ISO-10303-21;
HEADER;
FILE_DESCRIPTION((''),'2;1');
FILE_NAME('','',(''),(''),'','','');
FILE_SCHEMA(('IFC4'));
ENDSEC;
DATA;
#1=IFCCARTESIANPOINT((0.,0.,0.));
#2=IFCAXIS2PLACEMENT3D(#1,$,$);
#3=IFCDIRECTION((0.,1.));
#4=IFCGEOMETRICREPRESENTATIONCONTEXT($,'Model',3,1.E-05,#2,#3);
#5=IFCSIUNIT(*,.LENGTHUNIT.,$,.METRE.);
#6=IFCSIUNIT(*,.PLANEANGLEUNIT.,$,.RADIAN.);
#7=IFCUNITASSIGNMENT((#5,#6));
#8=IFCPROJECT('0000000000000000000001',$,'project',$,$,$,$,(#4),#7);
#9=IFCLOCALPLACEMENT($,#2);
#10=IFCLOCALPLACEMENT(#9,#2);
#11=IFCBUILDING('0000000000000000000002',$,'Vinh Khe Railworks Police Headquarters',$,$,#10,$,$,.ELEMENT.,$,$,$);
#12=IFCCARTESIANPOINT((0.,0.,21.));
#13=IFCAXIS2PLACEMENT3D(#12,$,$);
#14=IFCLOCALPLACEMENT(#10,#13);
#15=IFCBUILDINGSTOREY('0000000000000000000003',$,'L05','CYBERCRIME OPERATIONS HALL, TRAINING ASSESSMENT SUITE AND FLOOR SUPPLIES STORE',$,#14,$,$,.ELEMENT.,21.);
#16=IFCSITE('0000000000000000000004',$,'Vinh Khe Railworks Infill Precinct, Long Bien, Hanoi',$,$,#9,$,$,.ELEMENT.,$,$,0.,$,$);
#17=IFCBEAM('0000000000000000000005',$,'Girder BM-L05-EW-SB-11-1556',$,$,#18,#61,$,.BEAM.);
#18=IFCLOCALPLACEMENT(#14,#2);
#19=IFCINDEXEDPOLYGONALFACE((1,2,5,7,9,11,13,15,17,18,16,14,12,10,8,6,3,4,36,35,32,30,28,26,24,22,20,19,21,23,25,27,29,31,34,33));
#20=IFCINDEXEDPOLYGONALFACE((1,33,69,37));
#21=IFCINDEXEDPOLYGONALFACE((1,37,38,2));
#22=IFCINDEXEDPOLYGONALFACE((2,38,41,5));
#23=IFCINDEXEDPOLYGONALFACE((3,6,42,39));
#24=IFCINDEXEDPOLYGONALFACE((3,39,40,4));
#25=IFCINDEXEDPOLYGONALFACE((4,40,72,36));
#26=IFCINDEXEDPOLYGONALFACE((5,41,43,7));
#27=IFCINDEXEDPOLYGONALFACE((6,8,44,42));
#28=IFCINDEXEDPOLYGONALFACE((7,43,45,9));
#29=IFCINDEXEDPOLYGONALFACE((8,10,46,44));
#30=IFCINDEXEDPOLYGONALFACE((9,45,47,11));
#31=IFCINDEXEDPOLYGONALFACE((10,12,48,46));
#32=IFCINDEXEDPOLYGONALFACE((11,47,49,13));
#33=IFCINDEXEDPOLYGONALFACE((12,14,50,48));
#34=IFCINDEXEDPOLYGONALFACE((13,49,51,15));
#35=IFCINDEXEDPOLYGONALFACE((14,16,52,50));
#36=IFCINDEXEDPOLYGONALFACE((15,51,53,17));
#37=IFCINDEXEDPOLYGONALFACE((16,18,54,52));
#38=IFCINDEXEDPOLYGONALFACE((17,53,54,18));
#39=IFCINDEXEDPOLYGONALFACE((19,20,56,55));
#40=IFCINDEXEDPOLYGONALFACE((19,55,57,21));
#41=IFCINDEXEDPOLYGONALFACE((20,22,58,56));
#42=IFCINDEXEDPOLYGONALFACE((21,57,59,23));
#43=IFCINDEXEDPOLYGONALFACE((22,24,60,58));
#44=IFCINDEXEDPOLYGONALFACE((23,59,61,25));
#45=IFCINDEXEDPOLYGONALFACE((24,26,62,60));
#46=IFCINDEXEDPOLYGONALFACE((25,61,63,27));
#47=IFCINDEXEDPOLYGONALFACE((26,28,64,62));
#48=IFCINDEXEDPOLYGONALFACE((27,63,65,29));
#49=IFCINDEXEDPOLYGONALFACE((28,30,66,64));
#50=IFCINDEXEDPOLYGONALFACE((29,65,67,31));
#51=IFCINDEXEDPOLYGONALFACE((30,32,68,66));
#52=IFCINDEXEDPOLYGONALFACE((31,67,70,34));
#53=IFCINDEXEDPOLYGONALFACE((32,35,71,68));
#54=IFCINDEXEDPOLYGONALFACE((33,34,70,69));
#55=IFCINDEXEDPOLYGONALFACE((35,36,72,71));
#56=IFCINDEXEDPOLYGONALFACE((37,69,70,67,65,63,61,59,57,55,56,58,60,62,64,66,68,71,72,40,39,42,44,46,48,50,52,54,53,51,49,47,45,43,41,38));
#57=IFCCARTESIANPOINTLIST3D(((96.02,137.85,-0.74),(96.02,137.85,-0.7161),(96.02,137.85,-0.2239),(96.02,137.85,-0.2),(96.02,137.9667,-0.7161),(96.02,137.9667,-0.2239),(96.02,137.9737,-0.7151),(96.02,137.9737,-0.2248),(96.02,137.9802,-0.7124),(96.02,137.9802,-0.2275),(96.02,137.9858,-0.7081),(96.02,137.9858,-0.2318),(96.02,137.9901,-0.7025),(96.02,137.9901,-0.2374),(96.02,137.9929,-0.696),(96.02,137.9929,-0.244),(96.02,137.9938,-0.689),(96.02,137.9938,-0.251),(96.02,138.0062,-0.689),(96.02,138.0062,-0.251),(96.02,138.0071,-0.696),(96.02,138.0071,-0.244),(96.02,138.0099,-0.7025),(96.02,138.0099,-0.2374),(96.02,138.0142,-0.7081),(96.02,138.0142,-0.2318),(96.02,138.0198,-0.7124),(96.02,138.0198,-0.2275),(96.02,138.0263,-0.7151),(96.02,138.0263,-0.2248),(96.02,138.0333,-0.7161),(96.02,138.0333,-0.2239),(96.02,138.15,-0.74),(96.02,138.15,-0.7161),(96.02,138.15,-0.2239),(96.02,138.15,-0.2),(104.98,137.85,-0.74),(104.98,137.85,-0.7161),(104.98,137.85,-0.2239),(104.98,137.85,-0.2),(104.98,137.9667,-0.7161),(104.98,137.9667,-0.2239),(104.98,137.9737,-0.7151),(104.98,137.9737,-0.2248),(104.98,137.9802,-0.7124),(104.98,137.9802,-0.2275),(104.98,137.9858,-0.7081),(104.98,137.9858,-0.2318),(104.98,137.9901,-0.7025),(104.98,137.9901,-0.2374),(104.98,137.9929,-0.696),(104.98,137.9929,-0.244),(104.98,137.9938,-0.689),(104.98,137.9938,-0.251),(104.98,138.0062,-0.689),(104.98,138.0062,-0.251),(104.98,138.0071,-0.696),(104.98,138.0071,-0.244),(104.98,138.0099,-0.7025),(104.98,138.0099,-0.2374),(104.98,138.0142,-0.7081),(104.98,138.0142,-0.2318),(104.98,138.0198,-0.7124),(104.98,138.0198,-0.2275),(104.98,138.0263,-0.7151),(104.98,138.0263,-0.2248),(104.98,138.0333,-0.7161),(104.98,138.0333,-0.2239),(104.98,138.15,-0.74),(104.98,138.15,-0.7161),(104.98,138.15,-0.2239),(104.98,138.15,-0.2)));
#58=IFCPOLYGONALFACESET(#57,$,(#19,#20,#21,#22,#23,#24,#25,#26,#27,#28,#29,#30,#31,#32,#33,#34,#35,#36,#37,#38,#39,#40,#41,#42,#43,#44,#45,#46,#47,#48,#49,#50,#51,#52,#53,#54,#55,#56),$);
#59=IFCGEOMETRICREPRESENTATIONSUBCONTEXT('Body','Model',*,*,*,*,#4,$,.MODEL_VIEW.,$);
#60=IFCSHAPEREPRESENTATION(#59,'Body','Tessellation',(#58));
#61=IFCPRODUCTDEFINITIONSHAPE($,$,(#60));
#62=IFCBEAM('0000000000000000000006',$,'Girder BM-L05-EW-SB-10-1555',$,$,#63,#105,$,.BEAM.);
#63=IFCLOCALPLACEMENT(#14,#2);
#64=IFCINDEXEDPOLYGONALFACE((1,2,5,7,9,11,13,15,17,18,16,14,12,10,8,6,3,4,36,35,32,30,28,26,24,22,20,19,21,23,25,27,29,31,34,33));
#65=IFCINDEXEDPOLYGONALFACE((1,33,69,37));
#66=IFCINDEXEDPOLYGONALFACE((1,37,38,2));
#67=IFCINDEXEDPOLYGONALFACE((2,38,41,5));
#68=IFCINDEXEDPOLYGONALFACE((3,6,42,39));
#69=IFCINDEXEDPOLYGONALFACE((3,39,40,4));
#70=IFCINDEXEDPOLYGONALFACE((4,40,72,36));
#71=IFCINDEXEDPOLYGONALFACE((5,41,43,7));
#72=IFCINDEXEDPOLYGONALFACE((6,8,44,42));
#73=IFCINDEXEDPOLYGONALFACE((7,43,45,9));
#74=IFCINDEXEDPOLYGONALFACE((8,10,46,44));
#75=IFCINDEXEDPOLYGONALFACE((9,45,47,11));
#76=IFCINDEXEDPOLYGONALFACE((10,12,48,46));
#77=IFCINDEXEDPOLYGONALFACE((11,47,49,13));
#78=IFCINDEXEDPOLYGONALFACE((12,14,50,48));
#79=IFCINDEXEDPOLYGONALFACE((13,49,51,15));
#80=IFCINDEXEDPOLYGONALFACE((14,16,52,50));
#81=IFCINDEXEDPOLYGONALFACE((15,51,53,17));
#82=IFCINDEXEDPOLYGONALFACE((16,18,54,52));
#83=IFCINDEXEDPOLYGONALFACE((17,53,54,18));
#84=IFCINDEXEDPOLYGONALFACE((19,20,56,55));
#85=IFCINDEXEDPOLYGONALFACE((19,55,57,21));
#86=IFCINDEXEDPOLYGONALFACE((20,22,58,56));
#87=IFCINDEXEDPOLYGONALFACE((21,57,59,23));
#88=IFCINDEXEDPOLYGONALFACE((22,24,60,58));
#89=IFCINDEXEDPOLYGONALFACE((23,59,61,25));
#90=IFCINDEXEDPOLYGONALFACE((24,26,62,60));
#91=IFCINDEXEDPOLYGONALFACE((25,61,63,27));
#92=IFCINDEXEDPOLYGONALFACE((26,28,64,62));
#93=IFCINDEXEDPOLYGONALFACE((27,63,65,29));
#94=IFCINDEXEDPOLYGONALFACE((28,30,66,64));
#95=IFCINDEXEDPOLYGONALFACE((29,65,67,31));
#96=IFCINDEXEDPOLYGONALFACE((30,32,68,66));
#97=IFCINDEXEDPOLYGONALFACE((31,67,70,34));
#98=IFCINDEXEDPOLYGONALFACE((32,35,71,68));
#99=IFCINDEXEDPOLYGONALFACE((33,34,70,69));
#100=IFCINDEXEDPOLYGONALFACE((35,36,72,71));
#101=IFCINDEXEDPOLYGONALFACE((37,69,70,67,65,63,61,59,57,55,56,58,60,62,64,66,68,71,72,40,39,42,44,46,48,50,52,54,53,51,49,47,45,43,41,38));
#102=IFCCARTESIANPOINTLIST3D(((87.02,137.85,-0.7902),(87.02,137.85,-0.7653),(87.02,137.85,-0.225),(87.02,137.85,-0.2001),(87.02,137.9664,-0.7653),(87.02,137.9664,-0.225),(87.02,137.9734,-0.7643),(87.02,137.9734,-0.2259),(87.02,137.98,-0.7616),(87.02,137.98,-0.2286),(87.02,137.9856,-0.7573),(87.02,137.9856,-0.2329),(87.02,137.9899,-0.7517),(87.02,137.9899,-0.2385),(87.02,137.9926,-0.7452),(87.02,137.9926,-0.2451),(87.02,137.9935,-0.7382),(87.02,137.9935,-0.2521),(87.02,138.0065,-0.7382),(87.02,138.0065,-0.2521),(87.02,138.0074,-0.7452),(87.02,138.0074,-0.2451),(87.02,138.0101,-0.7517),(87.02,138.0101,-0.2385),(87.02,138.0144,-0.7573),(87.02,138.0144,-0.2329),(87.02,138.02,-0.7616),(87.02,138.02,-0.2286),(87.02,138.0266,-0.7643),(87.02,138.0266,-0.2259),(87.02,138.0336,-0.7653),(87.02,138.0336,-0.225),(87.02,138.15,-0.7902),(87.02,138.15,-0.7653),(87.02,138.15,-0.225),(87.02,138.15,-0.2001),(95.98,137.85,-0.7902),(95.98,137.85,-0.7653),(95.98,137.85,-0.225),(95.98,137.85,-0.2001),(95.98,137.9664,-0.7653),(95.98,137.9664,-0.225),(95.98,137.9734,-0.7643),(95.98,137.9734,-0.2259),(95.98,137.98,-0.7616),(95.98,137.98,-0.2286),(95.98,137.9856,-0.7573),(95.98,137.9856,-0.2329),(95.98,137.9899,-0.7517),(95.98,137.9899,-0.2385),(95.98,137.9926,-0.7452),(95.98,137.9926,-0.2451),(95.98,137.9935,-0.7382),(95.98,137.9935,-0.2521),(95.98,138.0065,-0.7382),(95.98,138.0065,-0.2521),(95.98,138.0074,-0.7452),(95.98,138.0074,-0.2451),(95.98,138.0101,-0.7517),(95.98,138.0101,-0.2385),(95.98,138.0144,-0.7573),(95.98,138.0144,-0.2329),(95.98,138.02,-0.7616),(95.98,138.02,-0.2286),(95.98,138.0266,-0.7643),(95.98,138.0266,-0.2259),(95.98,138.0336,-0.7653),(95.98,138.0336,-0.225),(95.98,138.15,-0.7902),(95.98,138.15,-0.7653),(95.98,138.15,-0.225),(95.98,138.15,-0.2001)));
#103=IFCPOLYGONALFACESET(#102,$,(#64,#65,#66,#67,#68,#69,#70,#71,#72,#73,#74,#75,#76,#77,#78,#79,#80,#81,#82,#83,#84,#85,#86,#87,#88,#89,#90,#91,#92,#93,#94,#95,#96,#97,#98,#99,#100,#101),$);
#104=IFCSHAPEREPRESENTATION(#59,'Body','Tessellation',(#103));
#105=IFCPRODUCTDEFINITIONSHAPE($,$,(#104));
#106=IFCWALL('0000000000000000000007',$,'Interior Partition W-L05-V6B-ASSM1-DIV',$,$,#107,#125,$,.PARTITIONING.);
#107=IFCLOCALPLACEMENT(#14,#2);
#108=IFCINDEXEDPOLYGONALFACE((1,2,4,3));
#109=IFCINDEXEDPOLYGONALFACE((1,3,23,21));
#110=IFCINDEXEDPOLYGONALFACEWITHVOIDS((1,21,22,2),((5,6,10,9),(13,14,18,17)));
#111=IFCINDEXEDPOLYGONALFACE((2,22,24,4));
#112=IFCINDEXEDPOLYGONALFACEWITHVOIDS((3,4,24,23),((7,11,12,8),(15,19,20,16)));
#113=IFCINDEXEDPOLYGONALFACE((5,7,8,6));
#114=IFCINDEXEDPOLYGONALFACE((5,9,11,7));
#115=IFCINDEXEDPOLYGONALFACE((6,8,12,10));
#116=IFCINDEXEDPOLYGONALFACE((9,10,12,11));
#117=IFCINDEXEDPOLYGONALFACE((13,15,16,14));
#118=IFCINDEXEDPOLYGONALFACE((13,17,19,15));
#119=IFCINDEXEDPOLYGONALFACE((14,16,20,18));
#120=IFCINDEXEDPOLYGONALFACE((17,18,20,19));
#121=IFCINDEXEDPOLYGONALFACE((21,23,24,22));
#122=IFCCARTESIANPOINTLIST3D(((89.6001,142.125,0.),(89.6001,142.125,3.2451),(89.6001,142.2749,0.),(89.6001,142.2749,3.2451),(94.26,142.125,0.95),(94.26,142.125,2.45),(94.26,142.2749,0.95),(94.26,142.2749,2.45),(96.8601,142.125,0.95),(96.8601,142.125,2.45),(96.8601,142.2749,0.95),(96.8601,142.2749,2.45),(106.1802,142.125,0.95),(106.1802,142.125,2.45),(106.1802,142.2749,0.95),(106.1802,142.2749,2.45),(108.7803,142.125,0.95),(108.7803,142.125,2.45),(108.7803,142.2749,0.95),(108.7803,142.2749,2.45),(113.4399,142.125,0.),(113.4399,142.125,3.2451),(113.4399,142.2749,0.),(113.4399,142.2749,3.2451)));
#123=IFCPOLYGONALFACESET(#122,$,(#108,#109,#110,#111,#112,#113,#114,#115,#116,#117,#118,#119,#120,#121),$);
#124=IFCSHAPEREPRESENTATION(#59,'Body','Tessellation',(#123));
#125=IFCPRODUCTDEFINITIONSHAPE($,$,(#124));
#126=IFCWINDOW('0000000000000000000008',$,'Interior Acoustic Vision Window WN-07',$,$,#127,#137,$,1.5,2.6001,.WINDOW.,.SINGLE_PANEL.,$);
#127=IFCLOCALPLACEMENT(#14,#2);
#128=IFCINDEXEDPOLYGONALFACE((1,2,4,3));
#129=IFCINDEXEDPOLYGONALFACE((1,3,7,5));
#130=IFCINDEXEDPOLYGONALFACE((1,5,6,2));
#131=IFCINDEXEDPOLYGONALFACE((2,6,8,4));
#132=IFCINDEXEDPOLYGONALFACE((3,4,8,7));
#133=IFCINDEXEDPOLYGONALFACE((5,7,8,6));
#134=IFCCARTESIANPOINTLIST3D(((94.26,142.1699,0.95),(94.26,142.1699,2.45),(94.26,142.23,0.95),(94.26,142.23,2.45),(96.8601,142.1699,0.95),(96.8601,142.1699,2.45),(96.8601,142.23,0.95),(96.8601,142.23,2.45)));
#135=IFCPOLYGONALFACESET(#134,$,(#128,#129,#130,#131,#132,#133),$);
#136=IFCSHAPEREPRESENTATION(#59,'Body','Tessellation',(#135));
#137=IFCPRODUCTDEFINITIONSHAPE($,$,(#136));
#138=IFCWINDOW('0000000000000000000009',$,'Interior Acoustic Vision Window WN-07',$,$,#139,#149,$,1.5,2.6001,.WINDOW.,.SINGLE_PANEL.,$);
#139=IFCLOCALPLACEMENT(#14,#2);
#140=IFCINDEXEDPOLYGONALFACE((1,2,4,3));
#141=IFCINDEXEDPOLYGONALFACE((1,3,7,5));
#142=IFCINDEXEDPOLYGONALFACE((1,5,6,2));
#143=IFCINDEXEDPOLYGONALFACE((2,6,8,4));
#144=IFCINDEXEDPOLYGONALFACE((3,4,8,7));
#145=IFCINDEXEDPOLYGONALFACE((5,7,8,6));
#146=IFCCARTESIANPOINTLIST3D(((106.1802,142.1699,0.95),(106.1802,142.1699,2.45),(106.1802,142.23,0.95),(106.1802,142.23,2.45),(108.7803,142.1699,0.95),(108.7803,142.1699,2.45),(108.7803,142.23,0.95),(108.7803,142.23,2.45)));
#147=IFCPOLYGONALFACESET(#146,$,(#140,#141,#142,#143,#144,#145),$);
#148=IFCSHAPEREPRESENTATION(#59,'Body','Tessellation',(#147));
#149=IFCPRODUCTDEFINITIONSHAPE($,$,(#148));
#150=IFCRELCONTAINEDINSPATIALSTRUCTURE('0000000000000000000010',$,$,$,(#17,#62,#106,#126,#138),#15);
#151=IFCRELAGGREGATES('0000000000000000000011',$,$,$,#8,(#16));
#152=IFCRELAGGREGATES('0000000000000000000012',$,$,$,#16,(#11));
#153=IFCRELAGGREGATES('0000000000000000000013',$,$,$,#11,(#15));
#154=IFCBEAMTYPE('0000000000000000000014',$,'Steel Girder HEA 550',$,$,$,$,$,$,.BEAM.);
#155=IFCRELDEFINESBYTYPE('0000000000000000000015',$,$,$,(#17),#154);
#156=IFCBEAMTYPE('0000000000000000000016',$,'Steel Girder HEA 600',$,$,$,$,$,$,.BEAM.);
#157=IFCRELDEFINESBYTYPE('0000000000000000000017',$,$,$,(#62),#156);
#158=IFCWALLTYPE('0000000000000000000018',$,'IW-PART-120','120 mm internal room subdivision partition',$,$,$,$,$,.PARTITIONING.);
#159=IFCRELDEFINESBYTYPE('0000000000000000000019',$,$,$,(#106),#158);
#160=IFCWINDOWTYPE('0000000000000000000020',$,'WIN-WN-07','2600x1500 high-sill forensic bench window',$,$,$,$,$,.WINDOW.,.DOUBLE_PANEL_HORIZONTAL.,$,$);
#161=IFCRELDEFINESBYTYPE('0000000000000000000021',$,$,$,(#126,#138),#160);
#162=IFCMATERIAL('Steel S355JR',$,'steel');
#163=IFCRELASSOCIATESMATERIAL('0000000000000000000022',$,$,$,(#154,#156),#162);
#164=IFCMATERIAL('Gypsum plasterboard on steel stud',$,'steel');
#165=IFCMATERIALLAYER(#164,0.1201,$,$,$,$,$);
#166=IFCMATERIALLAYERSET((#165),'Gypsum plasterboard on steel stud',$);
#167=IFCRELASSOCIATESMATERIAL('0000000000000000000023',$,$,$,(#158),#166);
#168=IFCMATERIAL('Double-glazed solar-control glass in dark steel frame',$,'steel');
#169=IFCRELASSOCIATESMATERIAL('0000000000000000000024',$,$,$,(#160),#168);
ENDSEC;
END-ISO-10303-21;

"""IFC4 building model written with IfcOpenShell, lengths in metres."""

from ifc_helpers import new_model, si_unit, direction, frame, frame_2d, origin, origin_2d, place, context, subcontext, project, spatial, rectangle, i_section, extrude, material, layer, layer_set, material_profile, profile_set, type_object, element, fill, save


model = new_model("IFC4")

# Units and contexts
model_context = context("Model", 3, precision=1e-05, world=origin(), true_north=direction((0.0, 1.0)))
body_context = subcontext(model_context, "Body", "Model", "MODEL_VIEW")
ifc_project = project(units=[si_unit("LENGTHUNIT", "METRE"), si_unit("PLANEANGLEUNIT", "RADIAN")], contexts=[model_context])

# Site, building, storey
site_placement = place(None, origin())
site = spatial("IfcSite", under=ifc_project, at=site_placement, Name="Vinh Khe Railworks Infill Precinct, Long Bien, Hanoi", CompositionType="ELEMENT", RefElevation=0.0)
building_placement = place(site_placement, origin())
building = spatial("IfcBuilding", under=site, at=building_placement, Name="Vinh Khe Railworks Police Headquarters", CompositionType="ELEMENT")
storey_placement = place(building_placement, frame((0.0, 0.0, 21.0)))
storey = spatial("IfcBuildingStorey", under=building, at=storey_placement, Name="L05", Description="CYBERCRIME OPERATIONS HALL, TRAINING ASSESSMENT SUITE AND FLOOR SUPPLIES STORE", CompositionType="ELEMENT", Elevation=21.0)

# Shared definitions
ifc_material_1 = material(Name="Steel S355JR", Category="steel")

# Beams
ifc_material_profile_1 = material_profile(ifc_material_1, i_section(OverallWidth=0.3, OverallDepth=0.54, WebThickness=0.0125, FlangeThickness=0.0239, FilletRadius=0.0271, at=origin_2d()), Name="HEA 550")
ifc_profile_set_1 = profile_set([ifc_material_profile_1], Name="Steel S355JR")
beam_type_1 = type_object("IfcBeamType", Name="Steel Girder HEA 550", PredefinedType="BEAM", material=ifc_profile_set_1)
beam_1_placement = place(storey_placement, frame((96.02, 138.0, -0.47), z_axis=(1.0, 0.0, 0.0), x_axis=(0.0, 1.0, 0.0)))
element("IfcBeam", 1, at=beam_1_placement, inside=storey, type_object=beam_type_1, Name="Girder BM-L05-EW-SB-11-1556", PredefinedType="BEAM", context=body_context, shape_type="SweptSolid", body=[
    extrude(i_section(OverallWidth=0.3, OverallDepth=0.54, WebThickness=0.0125, FlangeThickness=0.0239, FilletRadius=0.0271, at=origin_2d()), origin(), (0.0, 0.0, 1.0), 8.96),
])
ifc_material_profile_2 = material_profile(ifc_material_1, i_section(OverallWidth=0.3, OverallDepth=0.5901, WebThickness=0.0129, FlangeThickness=0.0249, FilletRadius=0.0271, at=origin_2d()), Name="HEA 600")
ifc_profile_set_2 = profile_set([ifc_material_profile_2], Name="Steel S355JR")
beam_type_2 = type_object("IfcBeamType", Name="Steel Girder HEA 600", PredefinedType="BEAM", material=ifc_profile_set_2)
beam_2_placement = place(storey_placement, frame((87.02, 138.0, -0.4951), z_axis=(1.0, 0.0, 0.0), x_axis=(0.0, 1.0, 0.0)))
element("IfcBeam", 2, at=beam_2_placement, inside=storey, type_object=beam_type_2, Name="Girder BM-L05-EW-SB-10-1555", PredefinedType="BEAM", context=body_context, shape_type="SweptSolid", body=[
    extrude(i_section(OverallWidth=0.3, OverallDepth=0.5901, WebThickness=0.0129, FlangeThickness=0.0249, FilletRadius=0.0271, at=origin_2d()), origin(), (0.0, 0.0, 1.0), 8.96),
])

# Wall, openings, windows
ifc_material_2 = material(Name="Gypsum plasterboard on steel stud", Category="steel")
ifc_layer_1 = layer(ifc_material_2, 0.1201)
ifc_layer_set_1 = layer_set([ifc_layer_1], Name="Gypsum plasterboard on steel stud")
wall_type_1 = type_object("IfcWallType", Name="IW-PART-120", Description="120 mm internal room subdivision partition", PredefinedType="PARTITIONING", material=ifc_layer_set_1)
wall_1_placement = place(storey_placement, frame((89.6001, 142.2, 0.0), z_axis=(0.0, 0.0, 1.0), x_axis=(1.0, 0.0, 0.0)))
wall_1 = element("IfcWall", 3, at=wall_1_placement, inside=storey, type_object=wall_type_1, Name="Interior Partition W-L05-V6B-ASSM1-DIV", PredefinedType="PARTITIONING", context=body_context, shape_type="SweptSolid", body=[
    extrude(rectangle(XDim=23.8398, YDim=0.1499, at=frame_2d((11.9199, 0.0))), origin(), (0.0, 0.0, 1.0), 3.2451),
])
opening_1_placement = place(wall_1_placement, frame((4.6599, 0.0, 0.95)))
opening_1 = element("IfcOpeningElement", 4, at=opening_1_placement, cuts=wall_1, PredefinedType="OPENING", context=body_context, shape_type="SweptSolid", body=[
    extrude(rectangle(XDim=2.6001, YDim=1.5, at=frame_2d((1.3, 0.75))), frame((0.0, 0.0898, 0.0), z_axis=(0.0, -1.0, 0.0), x_axis=(1.0, 0.0, 0.0)), (0.0, 0.0, 1.0), 0.1797),
])
opening_2_placement = place(wall_1_placement, frame((16.5801, 0.0, 0.95)))
opening_2 = element("IfcOpeningElement", 5, at=opening_2_placement, cuts=wall_1, PredefinedType="OPENING", context=body_context, shape_type="SweptSolid", body=[
    extrude(rectangle(XDim=2.6001, YDim=1.5, at=frame_2d((1.3, 0.75))), frame((0.0, 0.0898, 0.0), z_axis=(0.0, -1.0, 0.0), x_axis=(1.0, 0.0, 0.0)), (0.0, 0.0, 1.0), 0.1797),
])
ifc_material_3 = material(Name="Double-glazed solar-control glass in dark steel frame", Category="steel")
window_type = type_object("IfcWindowType", Name="WIN-WN-07", Description="2600x1500 high-sill forensic bench window", PartitioningType="DOUBLE_PANEL_HORIZONTAL", PredefinedType="WINDOW", material=ifc_material_3)
window_1_placement = place(opening_1_placement, origin())
window_1 = element("IfcWindow", 6, at=window_1_placement, inside=storey, type_object=window_type, Name="Interior Acoustic Vision Window WN-07", OverallHeight=1.5, OverallWidth=2.6001, PartitioningType="SINGLE_PANEL", PredefinedType="WINDOW", context=body_context, shape_type="SweptSolid", body=[
    extrude(rectangle(XDim=2.6001, YDim=1.5, at=frame_2d((1.3, 0.75))), frame((0.0, 0.03, 0.0), z_axis=(0.0, -1.0, 0.0), x_axis=(1.0, 0.0, 0.0)), (0.0, 0.0, 1.0), 0.0601),
])
fill(opening_1, window_1)
window_2_placement = place(opening_2_placement, origin())
window_2 = element("IfcWindow", 7, at=window_2_placement, inside=storey, type_object=window_type, Name="Interior Acoustic Vision Window WN-07", OverallHeight=1.5, OverallWidth=2.6001, PartitioningType="SINGLE_PANEL", PredefinedType="WINDOW", context=body_context, shape_type="SweptSolid", body=[
    extrude(rectangle(XDim=2.6001, YDim=1.5, at=frame_2d((1.3, 0.75))), frame((0.0, 0.03, 0.0), z_axis=(0.0, -1.0, 0.0), x_axis=(1.0, 0.0, 0.0)), (0.0, 0.0, 1.0), 0.0601),
])
fill(opening_2, window_2)

save(model, "model.ifc")
